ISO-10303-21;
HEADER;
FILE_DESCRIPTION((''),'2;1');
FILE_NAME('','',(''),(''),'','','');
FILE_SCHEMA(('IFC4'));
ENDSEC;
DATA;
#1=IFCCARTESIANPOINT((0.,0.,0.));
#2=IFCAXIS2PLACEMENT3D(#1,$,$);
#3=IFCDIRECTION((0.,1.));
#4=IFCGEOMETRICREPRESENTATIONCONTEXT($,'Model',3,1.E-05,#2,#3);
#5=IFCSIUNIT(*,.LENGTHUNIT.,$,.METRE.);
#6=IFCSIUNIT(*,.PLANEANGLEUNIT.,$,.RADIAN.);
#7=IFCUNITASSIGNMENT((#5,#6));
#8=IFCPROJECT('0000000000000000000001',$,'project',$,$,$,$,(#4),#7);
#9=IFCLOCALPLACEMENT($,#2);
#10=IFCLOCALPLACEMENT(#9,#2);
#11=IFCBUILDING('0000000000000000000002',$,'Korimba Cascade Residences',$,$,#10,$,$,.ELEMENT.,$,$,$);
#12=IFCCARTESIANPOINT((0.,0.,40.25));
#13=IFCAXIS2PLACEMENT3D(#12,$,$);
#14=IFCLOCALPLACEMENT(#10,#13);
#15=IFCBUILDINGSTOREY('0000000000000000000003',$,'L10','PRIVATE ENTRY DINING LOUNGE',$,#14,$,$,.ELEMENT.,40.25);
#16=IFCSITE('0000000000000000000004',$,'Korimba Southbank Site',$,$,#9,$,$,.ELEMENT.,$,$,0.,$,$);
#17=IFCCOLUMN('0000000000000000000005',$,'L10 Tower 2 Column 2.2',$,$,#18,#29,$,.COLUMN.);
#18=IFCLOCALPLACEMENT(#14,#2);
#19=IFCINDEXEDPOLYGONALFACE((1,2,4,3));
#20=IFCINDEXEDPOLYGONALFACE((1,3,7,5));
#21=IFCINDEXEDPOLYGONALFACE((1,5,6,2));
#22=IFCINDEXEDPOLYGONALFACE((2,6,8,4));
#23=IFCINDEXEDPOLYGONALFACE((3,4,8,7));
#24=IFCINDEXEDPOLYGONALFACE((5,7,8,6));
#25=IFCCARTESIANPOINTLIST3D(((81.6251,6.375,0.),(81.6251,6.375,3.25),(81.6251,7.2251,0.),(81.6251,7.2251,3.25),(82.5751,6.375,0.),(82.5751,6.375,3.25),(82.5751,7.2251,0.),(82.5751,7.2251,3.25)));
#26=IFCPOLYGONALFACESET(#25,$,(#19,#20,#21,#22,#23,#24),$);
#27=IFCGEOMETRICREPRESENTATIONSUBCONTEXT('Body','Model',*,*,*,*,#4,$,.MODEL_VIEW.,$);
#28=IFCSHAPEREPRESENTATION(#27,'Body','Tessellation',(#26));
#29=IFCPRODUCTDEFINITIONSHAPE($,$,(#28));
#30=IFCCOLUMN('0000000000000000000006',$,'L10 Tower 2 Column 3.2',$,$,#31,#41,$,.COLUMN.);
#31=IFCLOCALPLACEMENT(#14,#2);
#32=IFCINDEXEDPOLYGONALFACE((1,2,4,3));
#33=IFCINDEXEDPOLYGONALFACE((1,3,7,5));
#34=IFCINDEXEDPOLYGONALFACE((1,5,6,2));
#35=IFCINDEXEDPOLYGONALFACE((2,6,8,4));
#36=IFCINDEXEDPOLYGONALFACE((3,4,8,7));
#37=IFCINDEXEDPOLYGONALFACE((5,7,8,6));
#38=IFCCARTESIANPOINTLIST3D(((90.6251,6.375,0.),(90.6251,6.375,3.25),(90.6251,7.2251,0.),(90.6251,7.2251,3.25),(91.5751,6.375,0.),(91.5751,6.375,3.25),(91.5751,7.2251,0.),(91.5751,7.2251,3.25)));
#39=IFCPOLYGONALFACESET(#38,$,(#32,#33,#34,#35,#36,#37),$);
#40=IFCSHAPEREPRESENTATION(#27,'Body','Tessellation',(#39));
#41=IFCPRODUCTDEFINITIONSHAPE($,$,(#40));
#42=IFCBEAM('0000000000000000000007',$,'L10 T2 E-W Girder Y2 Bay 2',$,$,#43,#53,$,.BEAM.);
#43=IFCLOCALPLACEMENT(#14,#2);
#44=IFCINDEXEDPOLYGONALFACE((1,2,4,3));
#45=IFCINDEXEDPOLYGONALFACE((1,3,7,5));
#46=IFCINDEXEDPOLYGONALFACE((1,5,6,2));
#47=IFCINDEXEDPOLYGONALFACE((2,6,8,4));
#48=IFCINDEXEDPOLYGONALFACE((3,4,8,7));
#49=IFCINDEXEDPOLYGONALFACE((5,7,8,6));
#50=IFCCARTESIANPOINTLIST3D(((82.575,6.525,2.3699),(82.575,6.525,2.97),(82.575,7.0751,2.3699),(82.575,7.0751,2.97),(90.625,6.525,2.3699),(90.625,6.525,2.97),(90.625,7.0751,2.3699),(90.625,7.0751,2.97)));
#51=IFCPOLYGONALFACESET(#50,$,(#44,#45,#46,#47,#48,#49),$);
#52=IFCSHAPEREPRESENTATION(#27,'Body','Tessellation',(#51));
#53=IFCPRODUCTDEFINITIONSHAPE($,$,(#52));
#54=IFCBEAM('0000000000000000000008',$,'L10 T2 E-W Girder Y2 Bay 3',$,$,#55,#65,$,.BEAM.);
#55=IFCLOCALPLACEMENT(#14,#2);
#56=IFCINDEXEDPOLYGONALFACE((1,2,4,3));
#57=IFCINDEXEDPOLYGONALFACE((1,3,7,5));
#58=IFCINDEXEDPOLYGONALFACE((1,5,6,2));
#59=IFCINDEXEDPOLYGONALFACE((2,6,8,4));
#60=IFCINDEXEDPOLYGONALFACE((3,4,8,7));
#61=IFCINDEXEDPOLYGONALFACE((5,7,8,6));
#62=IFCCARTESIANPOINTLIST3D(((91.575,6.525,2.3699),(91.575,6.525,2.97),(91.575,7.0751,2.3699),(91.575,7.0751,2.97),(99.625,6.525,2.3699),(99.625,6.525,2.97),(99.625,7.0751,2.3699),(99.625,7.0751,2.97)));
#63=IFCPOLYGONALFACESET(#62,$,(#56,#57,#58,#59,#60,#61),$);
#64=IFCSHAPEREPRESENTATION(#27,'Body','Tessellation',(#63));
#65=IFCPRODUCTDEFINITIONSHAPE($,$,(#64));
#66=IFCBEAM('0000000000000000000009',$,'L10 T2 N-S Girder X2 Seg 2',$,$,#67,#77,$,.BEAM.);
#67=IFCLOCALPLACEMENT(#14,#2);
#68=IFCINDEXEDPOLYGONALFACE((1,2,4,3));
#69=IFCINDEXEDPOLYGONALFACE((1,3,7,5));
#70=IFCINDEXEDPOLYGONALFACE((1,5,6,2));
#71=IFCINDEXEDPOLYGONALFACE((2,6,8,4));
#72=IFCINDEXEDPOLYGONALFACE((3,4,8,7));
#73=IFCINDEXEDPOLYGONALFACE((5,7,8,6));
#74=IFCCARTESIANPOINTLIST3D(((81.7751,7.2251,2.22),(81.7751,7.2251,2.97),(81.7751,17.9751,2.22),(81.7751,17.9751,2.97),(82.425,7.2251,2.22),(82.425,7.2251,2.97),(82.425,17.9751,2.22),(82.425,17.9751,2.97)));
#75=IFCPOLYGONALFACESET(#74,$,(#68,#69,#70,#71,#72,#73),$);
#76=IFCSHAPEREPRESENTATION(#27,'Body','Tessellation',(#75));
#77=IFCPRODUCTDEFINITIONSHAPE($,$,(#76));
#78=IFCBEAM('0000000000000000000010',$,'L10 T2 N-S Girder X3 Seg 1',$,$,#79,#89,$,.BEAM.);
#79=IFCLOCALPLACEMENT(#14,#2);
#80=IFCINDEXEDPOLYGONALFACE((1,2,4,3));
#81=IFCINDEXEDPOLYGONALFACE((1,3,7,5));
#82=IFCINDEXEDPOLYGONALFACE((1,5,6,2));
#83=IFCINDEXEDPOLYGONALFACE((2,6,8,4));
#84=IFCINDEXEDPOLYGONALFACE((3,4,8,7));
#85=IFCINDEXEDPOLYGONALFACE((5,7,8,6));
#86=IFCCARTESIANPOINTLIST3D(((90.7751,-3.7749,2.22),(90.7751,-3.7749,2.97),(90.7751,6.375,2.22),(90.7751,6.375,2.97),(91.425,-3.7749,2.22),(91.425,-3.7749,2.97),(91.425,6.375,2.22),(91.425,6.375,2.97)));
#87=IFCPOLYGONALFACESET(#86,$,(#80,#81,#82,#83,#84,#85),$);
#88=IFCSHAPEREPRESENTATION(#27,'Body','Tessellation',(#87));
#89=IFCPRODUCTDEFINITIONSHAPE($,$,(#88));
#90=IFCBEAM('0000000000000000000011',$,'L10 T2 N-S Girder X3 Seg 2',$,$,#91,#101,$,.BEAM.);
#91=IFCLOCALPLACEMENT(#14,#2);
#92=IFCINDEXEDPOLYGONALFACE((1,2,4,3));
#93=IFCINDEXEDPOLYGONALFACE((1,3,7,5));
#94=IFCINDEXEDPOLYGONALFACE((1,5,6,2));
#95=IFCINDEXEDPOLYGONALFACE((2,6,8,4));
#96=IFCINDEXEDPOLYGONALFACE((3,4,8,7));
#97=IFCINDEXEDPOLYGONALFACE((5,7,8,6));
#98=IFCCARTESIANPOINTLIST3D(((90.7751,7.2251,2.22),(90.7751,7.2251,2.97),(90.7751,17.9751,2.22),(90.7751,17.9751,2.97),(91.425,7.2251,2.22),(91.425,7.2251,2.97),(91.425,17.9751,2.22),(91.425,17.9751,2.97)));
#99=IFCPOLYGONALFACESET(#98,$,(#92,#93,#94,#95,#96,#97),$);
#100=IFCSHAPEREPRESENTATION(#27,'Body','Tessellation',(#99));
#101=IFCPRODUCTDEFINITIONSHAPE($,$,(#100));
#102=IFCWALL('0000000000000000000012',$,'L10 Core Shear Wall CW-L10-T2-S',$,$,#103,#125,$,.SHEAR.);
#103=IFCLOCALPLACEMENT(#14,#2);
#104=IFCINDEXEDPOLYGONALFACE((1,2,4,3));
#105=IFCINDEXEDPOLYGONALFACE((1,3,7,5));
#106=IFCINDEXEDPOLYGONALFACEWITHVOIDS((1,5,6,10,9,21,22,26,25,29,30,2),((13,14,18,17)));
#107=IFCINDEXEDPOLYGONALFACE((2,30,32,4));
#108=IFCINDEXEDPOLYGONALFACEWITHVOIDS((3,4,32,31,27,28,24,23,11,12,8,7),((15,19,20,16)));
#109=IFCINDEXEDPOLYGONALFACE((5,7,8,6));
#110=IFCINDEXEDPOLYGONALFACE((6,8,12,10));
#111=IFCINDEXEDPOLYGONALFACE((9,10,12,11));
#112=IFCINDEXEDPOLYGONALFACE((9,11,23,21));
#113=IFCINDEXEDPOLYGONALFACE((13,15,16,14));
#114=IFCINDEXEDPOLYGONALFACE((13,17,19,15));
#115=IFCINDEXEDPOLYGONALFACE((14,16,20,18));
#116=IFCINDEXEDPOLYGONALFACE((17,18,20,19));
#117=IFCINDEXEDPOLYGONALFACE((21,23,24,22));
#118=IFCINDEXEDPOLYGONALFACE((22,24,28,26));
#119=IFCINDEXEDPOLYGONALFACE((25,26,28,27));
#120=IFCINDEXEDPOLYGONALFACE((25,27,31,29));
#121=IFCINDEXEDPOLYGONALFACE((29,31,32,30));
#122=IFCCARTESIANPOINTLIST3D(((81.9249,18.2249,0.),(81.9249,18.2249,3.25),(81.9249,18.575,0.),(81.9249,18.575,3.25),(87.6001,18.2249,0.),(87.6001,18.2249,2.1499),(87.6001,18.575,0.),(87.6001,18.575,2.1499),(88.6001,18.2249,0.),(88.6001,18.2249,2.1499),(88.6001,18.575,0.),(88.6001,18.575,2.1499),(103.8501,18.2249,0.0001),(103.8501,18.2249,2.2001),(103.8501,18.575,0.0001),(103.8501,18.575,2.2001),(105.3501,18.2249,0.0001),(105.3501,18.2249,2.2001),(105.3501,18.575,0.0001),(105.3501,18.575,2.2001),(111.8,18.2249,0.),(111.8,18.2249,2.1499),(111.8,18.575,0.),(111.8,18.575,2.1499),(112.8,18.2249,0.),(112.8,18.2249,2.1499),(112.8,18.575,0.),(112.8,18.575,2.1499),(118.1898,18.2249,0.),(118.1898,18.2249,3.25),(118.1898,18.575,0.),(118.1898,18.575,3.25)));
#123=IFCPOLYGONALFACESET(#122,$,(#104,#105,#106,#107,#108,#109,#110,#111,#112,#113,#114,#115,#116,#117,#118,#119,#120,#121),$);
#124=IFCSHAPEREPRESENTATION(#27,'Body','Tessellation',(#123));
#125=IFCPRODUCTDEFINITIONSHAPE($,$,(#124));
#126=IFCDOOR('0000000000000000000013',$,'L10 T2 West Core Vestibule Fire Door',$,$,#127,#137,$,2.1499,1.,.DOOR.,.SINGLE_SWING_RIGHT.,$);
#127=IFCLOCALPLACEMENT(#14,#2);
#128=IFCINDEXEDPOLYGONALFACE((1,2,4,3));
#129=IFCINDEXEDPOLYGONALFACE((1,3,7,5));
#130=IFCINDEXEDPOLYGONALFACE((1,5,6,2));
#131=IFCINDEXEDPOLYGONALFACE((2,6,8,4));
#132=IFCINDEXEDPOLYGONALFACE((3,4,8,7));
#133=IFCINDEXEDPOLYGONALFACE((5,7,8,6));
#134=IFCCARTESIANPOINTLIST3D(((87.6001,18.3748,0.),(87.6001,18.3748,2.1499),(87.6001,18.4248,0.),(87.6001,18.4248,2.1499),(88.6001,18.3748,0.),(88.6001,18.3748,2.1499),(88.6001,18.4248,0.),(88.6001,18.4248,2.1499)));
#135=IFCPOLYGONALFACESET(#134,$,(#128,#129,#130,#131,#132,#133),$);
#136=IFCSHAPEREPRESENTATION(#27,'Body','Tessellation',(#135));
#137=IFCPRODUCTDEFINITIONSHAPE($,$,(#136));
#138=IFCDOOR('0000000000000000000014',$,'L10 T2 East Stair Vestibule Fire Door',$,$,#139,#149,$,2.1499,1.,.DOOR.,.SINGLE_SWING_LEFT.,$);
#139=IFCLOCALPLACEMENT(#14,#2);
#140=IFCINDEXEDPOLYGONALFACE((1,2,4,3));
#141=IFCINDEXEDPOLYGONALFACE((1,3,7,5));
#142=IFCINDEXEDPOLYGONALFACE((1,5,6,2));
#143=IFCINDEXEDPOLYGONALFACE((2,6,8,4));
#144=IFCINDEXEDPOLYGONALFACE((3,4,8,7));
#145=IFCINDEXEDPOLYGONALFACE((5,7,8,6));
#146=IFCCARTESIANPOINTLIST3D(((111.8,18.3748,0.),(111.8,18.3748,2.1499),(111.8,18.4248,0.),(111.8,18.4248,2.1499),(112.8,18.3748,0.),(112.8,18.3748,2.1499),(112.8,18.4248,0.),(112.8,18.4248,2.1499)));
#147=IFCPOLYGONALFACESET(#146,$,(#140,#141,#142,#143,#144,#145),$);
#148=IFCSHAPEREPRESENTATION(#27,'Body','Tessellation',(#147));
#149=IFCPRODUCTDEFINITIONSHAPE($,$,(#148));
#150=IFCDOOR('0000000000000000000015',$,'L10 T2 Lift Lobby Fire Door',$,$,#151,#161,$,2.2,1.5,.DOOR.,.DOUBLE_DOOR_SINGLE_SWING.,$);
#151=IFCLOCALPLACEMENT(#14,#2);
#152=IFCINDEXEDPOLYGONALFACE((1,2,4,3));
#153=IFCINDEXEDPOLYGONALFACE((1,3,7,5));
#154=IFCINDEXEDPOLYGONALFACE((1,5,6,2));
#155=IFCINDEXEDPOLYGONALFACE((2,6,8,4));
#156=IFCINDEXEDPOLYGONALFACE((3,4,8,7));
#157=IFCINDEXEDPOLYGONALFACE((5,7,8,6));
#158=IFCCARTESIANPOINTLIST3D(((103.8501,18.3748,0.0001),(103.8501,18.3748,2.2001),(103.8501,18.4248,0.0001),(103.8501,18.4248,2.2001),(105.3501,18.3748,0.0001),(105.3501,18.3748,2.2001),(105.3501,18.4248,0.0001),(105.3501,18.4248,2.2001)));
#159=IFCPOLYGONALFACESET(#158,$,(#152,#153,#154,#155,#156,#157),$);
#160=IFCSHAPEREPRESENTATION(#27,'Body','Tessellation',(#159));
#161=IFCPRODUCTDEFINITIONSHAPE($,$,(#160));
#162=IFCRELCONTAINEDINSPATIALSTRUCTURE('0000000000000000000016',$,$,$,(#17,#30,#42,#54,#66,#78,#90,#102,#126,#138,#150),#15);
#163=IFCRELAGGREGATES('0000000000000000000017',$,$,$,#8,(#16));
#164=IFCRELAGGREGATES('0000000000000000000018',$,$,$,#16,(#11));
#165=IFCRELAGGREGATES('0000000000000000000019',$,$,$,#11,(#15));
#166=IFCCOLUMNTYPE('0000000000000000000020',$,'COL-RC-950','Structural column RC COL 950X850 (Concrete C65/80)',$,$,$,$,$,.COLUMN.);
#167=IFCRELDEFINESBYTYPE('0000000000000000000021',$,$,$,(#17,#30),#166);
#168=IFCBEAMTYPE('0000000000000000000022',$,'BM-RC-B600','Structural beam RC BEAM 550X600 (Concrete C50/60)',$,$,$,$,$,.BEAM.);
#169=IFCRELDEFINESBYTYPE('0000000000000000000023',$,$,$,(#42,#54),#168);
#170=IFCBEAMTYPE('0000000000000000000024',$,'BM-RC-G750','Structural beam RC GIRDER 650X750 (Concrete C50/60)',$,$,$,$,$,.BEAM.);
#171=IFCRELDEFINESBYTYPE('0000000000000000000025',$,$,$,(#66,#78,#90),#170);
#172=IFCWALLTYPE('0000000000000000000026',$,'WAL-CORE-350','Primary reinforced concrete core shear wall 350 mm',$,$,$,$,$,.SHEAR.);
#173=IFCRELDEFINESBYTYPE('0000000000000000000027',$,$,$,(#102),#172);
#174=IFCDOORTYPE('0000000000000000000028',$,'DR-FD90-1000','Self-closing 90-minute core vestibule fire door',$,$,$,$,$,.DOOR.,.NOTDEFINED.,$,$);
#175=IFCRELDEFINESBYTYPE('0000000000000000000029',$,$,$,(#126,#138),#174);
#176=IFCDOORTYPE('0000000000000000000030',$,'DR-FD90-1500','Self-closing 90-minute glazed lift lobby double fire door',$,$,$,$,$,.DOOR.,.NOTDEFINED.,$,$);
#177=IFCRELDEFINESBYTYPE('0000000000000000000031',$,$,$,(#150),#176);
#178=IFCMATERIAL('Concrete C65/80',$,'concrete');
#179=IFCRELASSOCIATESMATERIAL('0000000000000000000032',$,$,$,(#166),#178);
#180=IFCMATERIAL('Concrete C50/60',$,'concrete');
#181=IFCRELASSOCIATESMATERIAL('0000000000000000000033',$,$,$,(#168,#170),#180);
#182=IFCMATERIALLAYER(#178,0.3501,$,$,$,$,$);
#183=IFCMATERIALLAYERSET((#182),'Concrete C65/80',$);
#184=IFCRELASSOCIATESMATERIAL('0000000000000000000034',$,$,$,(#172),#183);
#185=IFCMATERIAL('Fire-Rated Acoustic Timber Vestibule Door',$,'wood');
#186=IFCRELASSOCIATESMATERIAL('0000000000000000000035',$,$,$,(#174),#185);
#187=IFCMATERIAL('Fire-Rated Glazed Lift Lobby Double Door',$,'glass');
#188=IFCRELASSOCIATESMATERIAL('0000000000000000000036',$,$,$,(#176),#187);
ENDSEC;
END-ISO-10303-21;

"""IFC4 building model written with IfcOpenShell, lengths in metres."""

from ifc_helpers import new_model, si_unit, direction, frame, frame_2d, origin, origin_2d, place, context, subcontext, project, spatial, rectangle, extrude, material, layer, layer_set, material_profile, profile_set, type_object, element, fill, save


model = new_model("IFC4")

# Units and contexts
model_context = context("Model", 3, precision=1e-05, world=origin(), true_north=direction((0.0, 1.0)))
body_context = subcontext(model_context, "Body", "Model", "MODEL_VIEW")
ifc_project = project(units=[si_unit("LENGTHUNIT", "METRE"), si_unit("PLANEANGLEUNIT", "RADIAN")], contexts=[model_context])

# Site, building, storey
site_placement = place(None, origin())
site = spatial("IfcSite", under=ifc_project, at=site_placement, Name="Korimba Southbank Site", CompositionType="ELEMENT", RefElevation=0.0)
building_placement = place(site_placement, origin())
building = spatial("IfcBuilding", under=site, at=building_placement, Name="Korimba Cascade Residences", CompositionType="ELEMENT")
storey_placement = place(building_placement, frame((0.0, 0.0, 40.25)))
storey = spatial("IfcBuildingStorey", under=building, at=storey_placement, Name="L10", Description="PRIVATE ENTRY DINING LOUNGE", CompositionType="ELEMENT", Elevation=40.25)

# Columns
ifc_material_1 = material(Name="Concrete C65/80", Category="concrete")
ifc_material_profile_1 = material_profile(ifc_material_1, rectangle(XDim=0.95, YDim=0.8501, at=origin_2d()), Name="Concrete C65/80")
ifc_profile_set_1 = profile_set([ifc_material_profile_1], Name="Concrete C65/80")
column_type = type_object("IfcColumnType", Name="COL-RC-950", Description="Structural column RC COL 950X850 (Concrete C65/80)", PredefinedType="COLUMN", material=ifc_profile_set_1)
for number, where, z_axis, x_axis, name in (
    (1, (82.1001, 6.8, 0.0), (0.0, 0.0, 1.0), (1.0, 0.0, 0.0), "L10 Tower 2 Column 2.2"),
    (2, (91.1001, 6.8, 0.0), (0.0, 0.0, 1.0), (1.0, 0.0, 0.0), "L10 Tower 2 Column 3.2"),
):
    element("IfcColumn", number, at=place(storey_placement, frame(where, z_axis=z_axis, x_axis=x_axis)), inside=storey, type_object=column_type, Name=name, PredefinedType="COLUMN", context=body_context, shape_type="SweptSolid", body=[
        extrude(rectangle(XDim=0.95, YDim=0.8501, at=origin_2d()), origin(), (0.0, 0.0, 1.0), 3.25),
    ])

# Beams
ifc_material_2 = material(Name="Concrete C50/60", Category="concrete")
ifc_material_profile_2 = material_profile(ifc_material_2, rectangle(XDim=0.55, YDim=0.6001, at=origin_2d()), Name="Concrete C50/60")
ifc_profile_set_2 = profile_set([ifc_material_profile_2], Name="Concrete C50/60")
beam_type_1 = type_object("IfcBeamType", Name="BM-RC-B600", Description="Structural beam RC BEAM 550X600 (Concrete C50/60)", PredefinedType="BEAM", material=ifc_profile_set_2)
for number, where, z_axis, x_axis, name in (
    (3, (82.575, 6.8, 2.6699), (1.0, 0.0, 0.0), (0.0, 1.0, 0.0), "L10 T2 E-W Girder Y2 Bay 2"),
    (4, (91.575, 6.8, 2.6699), (1.0, 0.0, 0.0), (0.0, 1.0, 0.0), "L10 T2 E-W Girder Y2 Bay 3"),
):
    element("IfcBeam", number, at=place(storey_placement, frame(where, z_axis=z_axis, x_axis=x_axis)), inside=storey, type_object=beam_type_1, Name=name, PredefinedType="BEAM", context=body_context, shape_type="SweptSolid", body=[
        extrude(rectangle(XDim=0.55, YDim=0.6001, at=origin_2d()), origin(), (0.0, 0.0, 1.0), 8.05),
    ])
ifc_material_profile_3 = material_profile(ifc_material_2, rectangle(XDim=0.6499, YDim=0.75, at=origin_2d()), Name="Concrete C50/60")
ifc_profile_set_3 = profile_set([ifc_material_profile_3], Name="Concrete C50/60")
beam_type_2 = type_object("IfcBeamType", Name="BM-RC-G750", Description="Structural beam RC GIRDER 650X750 (Concrete C50/60)", PredefinedType="BEAM", material=ifc_profile_set_3)
beam_1_placement = place(storey_placement, frame((82.1001, 7.2251, 2.595), z_axis=(0.0, 1.0, 0.0), x_axis=(-1.0, 0.0, 0.0)))
element("IfcBeam", 5, at=beam_1_placement, inside=storey, type_object=beam_type_2, Name="L10 T2 N-S Girder X2 Seg 2", PredefinedType="BEAM", context=body_context, shape_type="SweptSolid", body=[
    extrude(rectangle(XDim=0.6499, YDim=0.75, at=origin_2d()), origin(), (0.0, 0.0, 1.0), 10.75),
])
beam_2_placement = place(storey_placement, frame((91.1001, -3.7749, 2.595), z_axis=(0.0, 1.0, 0.0), x_axis=(-1.0, 0.0, 0.0)))
element("IfcBeam", 6, at=beam_2_placement, inside=storey, type_object=beam_type_2, Name="L10 T2 N-S Girder X3 Seg 1", PredefinedType="BEAM", context=body_context, shape_type="SweptSolid", body=[
    extrude(rectangle(XDim=0.6499, YDim=0.75, at=origin_2d()), origin(), (0.0, 0.0, 1.0), 10.1499),
])
beam_3_placement = place(storey_placement, frame((91.1001, 7.2251, 2.595), z_axis=(0.0, 1.0, 0.0), x_axis=(-1.0, 0.0, 0.0)))
element("IfcBeam", 7, at=beam_3_placement, inside=storey, type_object=beam_type_2, Name="L10 T2 N-S Girder X3 Seg 2", PredefinedType="BEAM", context=body_context, shape_type="SweptSolid", body=[
    extrude(rectangle(XDim=0.6499, YDim=0.75, at=origin_2d()), origin(), (0.0, 0.0, 1.0), 10.75),
])

# Wall, openings, doors
ifc_layer_1 = layer(ifc_material_1, 0.3501)
ifc_layer_set_1 = layer_set([ifc_layer_1], Name="Concrete C65/80")
wall_type_1 = type_object("IfcWallType", Name="WAL-CORE-350", Description="Primary reinforced concrete core shear wall 350 mm", PredefinedType="SHEAR", material=ifc_layer_set_1)
wall_1_placement = place(storey_placement, frame((81.925, 18.3999, 0.0), z_axis=(0.0, 0.0, 1.0), x_axis=(1.0, 0.0, 0.0)))
wall_1 = element("IfcWall", 8, at=wall_1_placement, inside=storey, type_object=wall_type_1, Name="L10 Core Shear Wall CW-L10-T2-S", PredefinedType="SHEAR", context=body_context, shape_type="SweptSolid", body=[
    extrude(rectangle(XDim=36.2649, YDim=0.3501, at=frame_2d((18.1323, 0.0))), origin(), (0.0, 0.0, 1.0), 3.25),
])
opening_1_placement = place(wall_1_placement, frame((5.675, 0.0, 0.0)))
opening_1 = element("IfcOpeningElement", 9, at=opening_1_placement, cuts=wall_1, PredefinedType="OPENING", context=body_context, shape_type="SweptSolid", body=[
    extrude(rectangle(XDim=1.0, YDim=2.1499, at=frame_2d((0.5, 1.075))), frame((0.0, 0.1851, 0.0), z_axis=(0.0, -1.0, 0.0), x_axis=(1.0, 0.0, 0.0)), (0.0, 0.0, 1.0), 0.3701),
])
opening_2_placement = place(wall_1_placement, frame((21.925, 0.0, 0.0)))
opening_2 = element("IfcOpeningElement", 10, at=opening_2_placement, cuts=wall_1, PredefinedType="OPENING", context=body_context, shape_type="SweptSolid", body=[
    extrude(rectangle(XDim=1.5, YDim=2.2, at=frame_2d((0.75, 1.1001))), frame((0.0, 0.1851, 0.0), z_axis=(0.0, -1.0, 0.0), x_axis=(1.0, 0.0, 0.0)), (0.0, 0.0, 1.0), 0.3701),
])
opening_3_placement = place(wall_1_placement, frame((29.875, 0.0, 0.0)))
opening_3 = element("IfcOpeningElement", 11, at=opening_3_placement, cuts=wall_1, PredefinedType="OPENING", context=body_context, shape_type="SweptSolid", body=[
    extrude(rectangle(XDim=1.0, YDim=2.1499, at=frame_2d((0.5, 1.075))), frame((0.0, 0.1851, 0.0), z_axis=(0.0, -1.0, 0.0), x_axis=(1.0, 0.0, 0.0)), (0.0, 0.0, 1.0), 0.3701),
])
ifc_material_3 = material(Name="Fire-Rated Acoustic Timber Vestibule Door", Category="wood")
door_type_1 = type_object("IfcDoorType", Name="DR-FD90-1000", Description="Self-closing 90-minute core vestibule fire door", OperationType="NOTDEFINED", PredefinedType="DOOR", material=ifc_material_3)
door_1_placement = place(opening_1_placement, origin())
door_1 = element("IfcDoor", 12, at=door_1_placement, inside=storey, type_object=door_type_1, Name="L10 T2 West Core Vestibule Fire Door", OperationType="SINGLE_SWING_RIGHT", OverallHeight=2.1499, OverallWidth=1.0, PredefinedType="DOOR", context=body_context, shape_type="SweptSolid", body=[
    extrude(rectangle(XDim=1.0, YDim=2.1499, at=frame_2d((0.5, 1.075))), frame((0.0, 0.0249, 0.0), z_axis=(0.0, -1.0, 0.0), x_axis=(1.0, 0.0, 0.0)), (0.0, 0.0, 1.0), 0.05),
])
fill(opening_1, door_1)
door_2_placement = place(opening_3_placement, origin())
door_2 = element("IfcDoor", 13, at=door_2_placement, inside=storey, type_object=door_type_1, Name="L10 T2 East Stair Vestibule Fire Door", OperationType="SINGLE_SWING_LEFT", OverallHeight=2.1499, OverallWidth=1.0, PredefinedType="DOOR", context=body_context, shape_type="SweptSolid", body=[
    extrude(rectangle(XDim=1.0, YDim=2.1499, at=frame_2d((0.5, 1.075))), frame((0.0, 0.0249, 0.0), z_axis=(0.0, -1.0, 0.0), x_axis=(1.0, 0.0, 0.0)), (0.0, 0.0, 1.0), 0.05),
])
fill(opening_3, door_2)
ifc_material_4 = material(Name="Fire-Rated Glazed Lift Lobby Double Door", Category="glass")
door_type_2 = type_object("IfcDoorType", Name="DR-FD90-1500", Description="Self-closing 90-minute glazed lift lobby double fire door", OperationType="NOTDEFINED", PredefinedType="DOOR", material=ifc_material_4)
door_3_placement = place(opening_2_placement, origin())
door_3 = element("IfcDoor", 14, at=door_3_placement, inside=storey, type_object=door_type_2, Name="L10 T2 Lift Lobby Fire Door", OperationType="DOUBLE_DOOR_SINGLE_SWING", OverallHeight=2.2, OverallWidth=1.5, PredefinedType="DOOR", context=body_context, shape_type="SweptSolid", body=[
    extrude(rectangle(XDim=1.5, YDim=2.2, at=frame_2d((0.75, 1.1001))), frame((0.0, 0.0249, 0.0), z_axis=(0.0, -1.0, 0.0), x_axis=(1.0, 0.0, 0.0)), (0.0, 0.0, 1.0), 0.05),
])
fill(opening_2, door_3)

save(model, "model.ifc")
